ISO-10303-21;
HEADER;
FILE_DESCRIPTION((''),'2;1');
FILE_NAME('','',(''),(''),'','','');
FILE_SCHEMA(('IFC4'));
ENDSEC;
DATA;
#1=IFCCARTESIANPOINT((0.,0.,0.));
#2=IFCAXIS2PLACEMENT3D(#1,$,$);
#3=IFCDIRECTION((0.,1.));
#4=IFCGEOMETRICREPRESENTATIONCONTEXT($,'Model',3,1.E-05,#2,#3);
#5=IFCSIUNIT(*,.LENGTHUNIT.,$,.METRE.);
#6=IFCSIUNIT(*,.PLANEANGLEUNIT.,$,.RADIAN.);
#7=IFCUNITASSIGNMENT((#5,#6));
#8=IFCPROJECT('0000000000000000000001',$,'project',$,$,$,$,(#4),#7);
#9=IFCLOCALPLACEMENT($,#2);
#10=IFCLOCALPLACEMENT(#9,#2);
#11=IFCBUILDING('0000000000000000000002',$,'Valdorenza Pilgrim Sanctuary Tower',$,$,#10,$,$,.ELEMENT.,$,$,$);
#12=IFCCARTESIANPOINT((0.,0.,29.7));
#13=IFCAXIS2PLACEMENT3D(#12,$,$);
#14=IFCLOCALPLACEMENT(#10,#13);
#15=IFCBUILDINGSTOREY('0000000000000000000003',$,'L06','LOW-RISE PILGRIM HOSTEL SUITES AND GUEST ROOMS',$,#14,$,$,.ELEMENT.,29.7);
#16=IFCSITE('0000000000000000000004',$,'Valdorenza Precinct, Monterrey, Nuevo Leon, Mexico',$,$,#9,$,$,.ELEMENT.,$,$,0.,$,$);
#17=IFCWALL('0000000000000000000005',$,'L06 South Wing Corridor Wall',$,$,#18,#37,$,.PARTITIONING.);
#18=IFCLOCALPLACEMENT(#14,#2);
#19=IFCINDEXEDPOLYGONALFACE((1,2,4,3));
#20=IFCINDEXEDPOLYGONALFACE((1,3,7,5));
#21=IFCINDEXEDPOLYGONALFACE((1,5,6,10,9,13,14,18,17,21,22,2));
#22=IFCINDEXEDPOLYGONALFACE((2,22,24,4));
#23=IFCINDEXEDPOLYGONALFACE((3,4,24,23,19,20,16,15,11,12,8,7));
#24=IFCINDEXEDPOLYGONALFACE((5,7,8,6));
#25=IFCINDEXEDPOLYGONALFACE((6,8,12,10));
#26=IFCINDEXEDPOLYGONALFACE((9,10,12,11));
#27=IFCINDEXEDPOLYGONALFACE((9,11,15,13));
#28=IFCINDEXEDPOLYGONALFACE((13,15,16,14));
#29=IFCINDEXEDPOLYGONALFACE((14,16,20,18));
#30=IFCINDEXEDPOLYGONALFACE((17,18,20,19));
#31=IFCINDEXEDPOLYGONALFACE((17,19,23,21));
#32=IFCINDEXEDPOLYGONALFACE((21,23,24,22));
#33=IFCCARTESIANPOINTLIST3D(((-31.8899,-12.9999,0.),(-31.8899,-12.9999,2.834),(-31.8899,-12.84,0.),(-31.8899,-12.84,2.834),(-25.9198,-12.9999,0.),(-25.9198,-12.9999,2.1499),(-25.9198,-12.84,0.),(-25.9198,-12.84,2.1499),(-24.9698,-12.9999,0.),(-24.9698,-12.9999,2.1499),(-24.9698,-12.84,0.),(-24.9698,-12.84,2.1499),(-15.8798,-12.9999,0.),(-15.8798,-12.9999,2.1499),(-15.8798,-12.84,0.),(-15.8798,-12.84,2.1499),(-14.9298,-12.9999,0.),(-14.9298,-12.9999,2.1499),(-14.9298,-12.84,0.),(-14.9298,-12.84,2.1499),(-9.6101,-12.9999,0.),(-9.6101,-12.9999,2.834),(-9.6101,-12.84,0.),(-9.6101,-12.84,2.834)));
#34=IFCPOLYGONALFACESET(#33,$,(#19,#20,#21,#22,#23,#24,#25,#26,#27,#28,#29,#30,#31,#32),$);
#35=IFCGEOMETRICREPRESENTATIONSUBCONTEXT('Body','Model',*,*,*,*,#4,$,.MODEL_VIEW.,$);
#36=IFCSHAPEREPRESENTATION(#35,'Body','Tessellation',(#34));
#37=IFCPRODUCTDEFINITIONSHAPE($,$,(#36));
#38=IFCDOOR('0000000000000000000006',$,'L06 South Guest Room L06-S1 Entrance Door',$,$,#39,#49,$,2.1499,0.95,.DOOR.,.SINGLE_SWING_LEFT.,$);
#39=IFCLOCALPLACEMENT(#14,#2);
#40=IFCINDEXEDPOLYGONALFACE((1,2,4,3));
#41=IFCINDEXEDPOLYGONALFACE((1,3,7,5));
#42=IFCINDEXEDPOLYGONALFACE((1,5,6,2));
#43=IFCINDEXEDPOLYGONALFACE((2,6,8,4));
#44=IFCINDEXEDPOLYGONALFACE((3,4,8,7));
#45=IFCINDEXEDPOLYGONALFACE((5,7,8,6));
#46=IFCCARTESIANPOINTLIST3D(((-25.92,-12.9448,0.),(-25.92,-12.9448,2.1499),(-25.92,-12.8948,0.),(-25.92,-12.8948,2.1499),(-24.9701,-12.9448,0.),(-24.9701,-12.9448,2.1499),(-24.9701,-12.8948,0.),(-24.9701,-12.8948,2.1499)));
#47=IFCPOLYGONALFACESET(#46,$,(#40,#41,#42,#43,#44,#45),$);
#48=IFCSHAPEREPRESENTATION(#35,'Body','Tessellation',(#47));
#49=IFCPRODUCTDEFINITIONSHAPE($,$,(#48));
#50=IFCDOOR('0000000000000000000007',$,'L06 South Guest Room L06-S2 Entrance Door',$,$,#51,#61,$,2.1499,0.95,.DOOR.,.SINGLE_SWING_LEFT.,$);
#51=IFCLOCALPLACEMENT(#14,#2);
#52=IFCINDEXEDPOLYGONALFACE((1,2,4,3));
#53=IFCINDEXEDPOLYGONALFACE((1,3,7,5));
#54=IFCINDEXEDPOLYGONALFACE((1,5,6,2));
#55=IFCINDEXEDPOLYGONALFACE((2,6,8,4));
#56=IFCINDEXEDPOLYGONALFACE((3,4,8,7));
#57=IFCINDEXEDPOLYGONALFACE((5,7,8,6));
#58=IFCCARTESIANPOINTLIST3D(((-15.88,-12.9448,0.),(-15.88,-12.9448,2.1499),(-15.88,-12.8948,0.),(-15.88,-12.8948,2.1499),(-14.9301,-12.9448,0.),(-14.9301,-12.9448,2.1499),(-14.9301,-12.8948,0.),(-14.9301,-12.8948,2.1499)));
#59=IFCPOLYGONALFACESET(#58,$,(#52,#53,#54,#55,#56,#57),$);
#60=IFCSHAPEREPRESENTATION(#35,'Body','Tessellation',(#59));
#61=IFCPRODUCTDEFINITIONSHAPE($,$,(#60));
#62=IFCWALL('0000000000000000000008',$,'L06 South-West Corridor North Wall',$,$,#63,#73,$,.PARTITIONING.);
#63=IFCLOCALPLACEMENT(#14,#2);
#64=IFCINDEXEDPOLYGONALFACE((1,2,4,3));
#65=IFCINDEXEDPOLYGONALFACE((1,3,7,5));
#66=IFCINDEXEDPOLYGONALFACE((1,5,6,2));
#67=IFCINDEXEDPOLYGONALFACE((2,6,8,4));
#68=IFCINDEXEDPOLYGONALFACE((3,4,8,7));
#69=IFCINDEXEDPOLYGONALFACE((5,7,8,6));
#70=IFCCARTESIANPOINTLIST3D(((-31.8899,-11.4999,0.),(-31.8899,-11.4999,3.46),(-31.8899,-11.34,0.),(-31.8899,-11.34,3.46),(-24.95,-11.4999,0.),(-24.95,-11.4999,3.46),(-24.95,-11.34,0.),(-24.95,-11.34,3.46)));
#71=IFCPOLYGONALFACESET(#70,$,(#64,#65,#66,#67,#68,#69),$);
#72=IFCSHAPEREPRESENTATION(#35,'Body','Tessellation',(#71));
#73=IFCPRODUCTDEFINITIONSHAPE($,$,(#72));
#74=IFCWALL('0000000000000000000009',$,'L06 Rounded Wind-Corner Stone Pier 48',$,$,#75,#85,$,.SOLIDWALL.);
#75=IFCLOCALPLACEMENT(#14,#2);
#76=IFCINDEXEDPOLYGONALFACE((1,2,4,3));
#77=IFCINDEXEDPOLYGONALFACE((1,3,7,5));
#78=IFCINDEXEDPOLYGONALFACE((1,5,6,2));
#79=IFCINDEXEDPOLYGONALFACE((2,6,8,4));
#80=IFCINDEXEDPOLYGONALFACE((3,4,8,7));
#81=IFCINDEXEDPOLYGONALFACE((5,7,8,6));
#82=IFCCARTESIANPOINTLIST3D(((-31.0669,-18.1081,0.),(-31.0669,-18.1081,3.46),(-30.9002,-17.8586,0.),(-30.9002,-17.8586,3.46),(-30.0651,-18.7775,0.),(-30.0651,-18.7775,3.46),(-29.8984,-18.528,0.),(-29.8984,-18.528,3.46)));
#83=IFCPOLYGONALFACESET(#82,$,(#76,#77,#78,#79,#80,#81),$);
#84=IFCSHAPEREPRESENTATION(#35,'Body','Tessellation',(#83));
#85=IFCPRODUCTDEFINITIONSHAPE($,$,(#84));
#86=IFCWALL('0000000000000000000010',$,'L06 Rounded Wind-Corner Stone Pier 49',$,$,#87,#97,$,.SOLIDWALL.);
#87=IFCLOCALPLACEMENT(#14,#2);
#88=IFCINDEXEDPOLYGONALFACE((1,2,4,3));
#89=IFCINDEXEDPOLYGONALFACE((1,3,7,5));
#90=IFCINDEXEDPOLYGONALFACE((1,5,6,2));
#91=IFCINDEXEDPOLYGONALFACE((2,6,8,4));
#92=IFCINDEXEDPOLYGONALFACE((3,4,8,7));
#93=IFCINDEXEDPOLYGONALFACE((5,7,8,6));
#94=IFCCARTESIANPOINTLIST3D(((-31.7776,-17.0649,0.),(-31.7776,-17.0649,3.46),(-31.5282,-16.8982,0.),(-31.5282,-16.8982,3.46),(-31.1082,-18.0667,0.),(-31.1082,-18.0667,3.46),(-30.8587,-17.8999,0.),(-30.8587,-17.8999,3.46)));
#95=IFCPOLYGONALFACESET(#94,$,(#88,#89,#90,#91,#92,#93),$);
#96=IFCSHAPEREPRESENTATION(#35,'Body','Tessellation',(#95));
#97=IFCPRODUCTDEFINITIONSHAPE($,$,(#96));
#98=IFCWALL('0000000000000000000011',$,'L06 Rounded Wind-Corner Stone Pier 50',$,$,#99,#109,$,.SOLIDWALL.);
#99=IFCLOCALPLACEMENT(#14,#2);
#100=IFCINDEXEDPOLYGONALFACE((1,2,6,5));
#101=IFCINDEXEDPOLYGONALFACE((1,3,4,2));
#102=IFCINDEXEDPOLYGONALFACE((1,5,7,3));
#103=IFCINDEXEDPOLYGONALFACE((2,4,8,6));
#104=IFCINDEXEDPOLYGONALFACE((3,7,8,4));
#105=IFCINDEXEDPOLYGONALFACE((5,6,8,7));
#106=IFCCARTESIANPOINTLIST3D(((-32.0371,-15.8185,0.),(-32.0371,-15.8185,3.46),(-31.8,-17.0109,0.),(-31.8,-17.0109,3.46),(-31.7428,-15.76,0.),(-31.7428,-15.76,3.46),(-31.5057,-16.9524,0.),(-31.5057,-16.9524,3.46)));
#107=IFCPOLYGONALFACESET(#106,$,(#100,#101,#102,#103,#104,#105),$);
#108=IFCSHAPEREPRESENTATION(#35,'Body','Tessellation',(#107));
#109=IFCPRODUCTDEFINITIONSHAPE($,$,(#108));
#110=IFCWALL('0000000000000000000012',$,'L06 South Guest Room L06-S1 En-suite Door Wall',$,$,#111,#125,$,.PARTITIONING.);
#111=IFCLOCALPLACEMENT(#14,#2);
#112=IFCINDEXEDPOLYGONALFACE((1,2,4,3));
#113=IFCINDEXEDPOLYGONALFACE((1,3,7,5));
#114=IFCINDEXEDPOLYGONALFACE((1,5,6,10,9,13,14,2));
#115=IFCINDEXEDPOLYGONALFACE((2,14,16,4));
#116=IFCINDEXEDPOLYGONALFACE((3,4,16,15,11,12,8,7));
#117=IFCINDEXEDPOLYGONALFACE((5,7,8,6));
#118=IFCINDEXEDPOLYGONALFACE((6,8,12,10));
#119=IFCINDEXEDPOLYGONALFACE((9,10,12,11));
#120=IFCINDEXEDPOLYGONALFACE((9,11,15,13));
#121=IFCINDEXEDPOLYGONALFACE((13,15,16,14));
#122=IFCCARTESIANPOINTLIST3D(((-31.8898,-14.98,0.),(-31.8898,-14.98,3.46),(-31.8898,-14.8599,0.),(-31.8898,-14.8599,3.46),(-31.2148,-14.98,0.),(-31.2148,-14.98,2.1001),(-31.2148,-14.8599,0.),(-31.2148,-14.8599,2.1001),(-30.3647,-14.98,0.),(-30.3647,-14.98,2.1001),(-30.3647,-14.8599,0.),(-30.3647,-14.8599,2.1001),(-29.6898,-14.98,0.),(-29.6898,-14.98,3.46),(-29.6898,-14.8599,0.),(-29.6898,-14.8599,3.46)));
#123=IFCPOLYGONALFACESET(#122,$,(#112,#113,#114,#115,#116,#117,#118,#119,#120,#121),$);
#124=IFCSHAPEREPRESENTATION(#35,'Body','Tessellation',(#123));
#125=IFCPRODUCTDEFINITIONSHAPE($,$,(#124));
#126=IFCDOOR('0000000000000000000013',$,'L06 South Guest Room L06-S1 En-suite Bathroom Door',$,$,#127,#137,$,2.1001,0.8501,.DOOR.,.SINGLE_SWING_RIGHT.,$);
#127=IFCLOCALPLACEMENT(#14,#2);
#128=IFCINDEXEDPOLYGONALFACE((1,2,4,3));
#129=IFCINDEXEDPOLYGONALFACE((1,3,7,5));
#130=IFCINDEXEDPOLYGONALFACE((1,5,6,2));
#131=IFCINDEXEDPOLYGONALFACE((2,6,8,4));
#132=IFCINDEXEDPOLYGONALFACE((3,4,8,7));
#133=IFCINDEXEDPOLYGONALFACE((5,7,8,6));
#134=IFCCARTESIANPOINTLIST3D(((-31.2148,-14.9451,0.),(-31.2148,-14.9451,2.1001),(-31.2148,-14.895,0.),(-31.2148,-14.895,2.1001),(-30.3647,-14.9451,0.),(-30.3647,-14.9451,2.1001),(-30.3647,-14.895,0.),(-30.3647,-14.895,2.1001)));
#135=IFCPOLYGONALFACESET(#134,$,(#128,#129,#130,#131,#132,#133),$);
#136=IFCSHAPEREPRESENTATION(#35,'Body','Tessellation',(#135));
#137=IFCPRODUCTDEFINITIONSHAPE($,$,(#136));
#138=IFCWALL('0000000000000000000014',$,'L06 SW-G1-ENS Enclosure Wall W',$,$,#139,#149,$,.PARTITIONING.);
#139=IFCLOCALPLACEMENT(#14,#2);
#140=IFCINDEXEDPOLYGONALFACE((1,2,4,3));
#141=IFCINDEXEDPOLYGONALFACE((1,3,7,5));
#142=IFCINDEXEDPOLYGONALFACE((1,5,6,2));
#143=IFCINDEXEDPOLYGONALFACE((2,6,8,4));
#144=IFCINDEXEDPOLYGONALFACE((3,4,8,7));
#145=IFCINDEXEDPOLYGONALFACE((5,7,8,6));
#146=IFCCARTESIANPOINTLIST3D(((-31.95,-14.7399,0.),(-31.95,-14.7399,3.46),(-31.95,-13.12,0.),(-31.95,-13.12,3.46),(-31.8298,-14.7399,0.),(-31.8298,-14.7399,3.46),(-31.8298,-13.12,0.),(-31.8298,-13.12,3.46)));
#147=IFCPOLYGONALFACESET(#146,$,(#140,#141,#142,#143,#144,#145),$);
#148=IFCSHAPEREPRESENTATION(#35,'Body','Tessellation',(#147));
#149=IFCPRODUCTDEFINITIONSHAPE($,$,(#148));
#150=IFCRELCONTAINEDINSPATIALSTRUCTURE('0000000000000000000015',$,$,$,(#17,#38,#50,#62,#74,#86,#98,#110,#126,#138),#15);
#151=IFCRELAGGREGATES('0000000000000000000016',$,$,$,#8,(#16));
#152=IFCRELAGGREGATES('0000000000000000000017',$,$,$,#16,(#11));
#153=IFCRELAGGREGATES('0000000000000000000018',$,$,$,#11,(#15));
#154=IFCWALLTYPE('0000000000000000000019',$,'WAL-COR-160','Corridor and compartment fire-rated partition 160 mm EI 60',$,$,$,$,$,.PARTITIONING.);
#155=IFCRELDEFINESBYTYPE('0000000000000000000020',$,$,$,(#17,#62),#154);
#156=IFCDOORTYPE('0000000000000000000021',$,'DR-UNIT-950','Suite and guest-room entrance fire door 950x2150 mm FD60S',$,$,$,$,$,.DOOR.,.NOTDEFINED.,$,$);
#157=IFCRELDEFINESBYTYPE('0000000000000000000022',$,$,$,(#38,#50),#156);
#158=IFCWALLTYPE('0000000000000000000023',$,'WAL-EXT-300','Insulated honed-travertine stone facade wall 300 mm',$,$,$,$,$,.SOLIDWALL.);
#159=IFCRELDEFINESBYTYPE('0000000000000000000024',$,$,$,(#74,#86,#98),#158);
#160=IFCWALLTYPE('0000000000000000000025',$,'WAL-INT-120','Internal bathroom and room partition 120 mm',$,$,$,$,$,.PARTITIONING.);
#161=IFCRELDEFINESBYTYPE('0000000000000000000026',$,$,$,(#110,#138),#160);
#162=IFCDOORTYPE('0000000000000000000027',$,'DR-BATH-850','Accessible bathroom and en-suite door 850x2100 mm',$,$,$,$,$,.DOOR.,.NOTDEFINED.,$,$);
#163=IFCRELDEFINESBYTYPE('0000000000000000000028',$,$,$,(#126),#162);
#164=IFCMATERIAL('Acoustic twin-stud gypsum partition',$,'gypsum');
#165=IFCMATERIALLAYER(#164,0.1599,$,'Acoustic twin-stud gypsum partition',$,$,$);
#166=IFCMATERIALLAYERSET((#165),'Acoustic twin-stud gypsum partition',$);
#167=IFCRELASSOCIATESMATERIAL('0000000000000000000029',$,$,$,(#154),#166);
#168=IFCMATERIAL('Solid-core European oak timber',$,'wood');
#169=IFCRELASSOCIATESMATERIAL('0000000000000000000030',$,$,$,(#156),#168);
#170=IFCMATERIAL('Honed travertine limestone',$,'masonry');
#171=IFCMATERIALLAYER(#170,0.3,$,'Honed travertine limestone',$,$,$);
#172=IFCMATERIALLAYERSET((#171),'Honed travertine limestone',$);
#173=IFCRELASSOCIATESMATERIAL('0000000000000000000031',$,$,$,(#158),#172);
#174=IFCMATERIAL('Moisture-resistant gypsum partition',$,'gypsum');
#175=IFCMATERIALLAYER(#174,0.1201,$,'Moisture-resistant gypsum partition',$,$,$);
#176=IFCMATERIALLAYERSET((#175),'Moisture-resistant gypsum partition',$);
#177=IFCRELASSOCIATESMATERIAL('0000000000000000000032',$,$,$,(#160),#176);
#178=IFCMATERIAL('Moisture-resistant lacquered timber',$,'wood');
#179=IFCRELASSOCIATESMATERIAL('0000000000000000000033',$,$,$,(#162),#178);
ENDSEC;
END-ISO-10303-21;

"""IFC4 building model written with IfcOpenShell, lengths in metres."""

from ifc_helpers import new_model, si_unit, direction, frame, frame_2d, origin, place, context, subcontext, project, spatial, rectangle, extrude, material, layer, layer_set, type_object, element, fill, save


model = new_model("IFC4")

# Units and contexts
model_context = context("Model", 3, precision=1e-05, world=origin(), true_north=direction((0.0, 1.0)))
body_context = subcontext(model_context, "Body", "Model", "MODEL_VIEW")
ifc_project = project(units=[si_unit("LENGTHUNIT", "METRE"), si_unit("PLANEANGLEUNIT", "RADIAN")], contexts=[model_context])

# Site, building, storey
site_placement = place(None, origin())
site = spatial("IfcSite", under=ifc_project, at=site_placement, Name="Valdorenza Precinct, Monterrey, Nuevo Leon, Mexico", CompositionType="ELEMENT", RefElevation=0.0)
building_placement = place(site_placement, origin())
building = spatial("IfcBuilding", under=site, at=building_placement, Name="Valdorenza Pilgrim Sanctuary Tower", CompositionType="ELEMENT")
storey_placement = place(building_placement, frame((0.0, 0.0, 29.7)))
storey = spatial("IfcBuildingStorey", under=building, at=storey_placement, Name="L06", Description="LOW-RISE PILGRIM HOSTEL SUITES AND GUEST ROOMS", CompositionType="ELEMENT", Elevation=29.7)

# Shared definitions
ifc_material_1 = material(Name="Honed travertine limestone", Category="masonry")

# Wall, openings, doors
ifc_material_2 = material(Name="Acoustic twin-stud gypsum partition", Category="gypsum")
ifc_layer_1 = layer(ifc_material_2, 0.1599, Name="Acoustic twin-stud gypsum partition")
ifc_layer_set_1 = layer_set([ifc_layer_1], Name="Acoustic twin-stud gypsum partition")
wall_type_1 = type_object("IfcWallType", Name="WAL-COR-160", Description="Corridor and compartment fire-rated partition 160 mm EI 60", PredefinedType="PARTITIONING", material=ifc_layer_set_1)
wall_1_placement = place(storey_placement, frame((-31.8899, -12.9199, 0.0), z_axis=(0.0, 0.0, 1.0), x_axis=(1.0, 0.0, 0.0)))
wall_1 = element("IfcWall", 1, at=wall_1_placement, inside=storey, type_object=wall_type_1, Name="L06 South Wing Corridor Wall", PredefinedType="PARTITIONING", context=body_context, shape_type="SweptSolid", body=[
    extrude(rectangle(XDim=22.2798, YDim=0.1599, at=frame_2d((11.1399, 0.0))), origin(), (0.0, 0.0, 1.0), 2.834),
])
opening_1_placement = place(wall_1_placement, frame((5.97, 0.0, 0.0)))
opening_1 = element("IfcOpeningElement", 2, at=opening_1_placement, cuts=wall_1, PredefinedType="OPENING", context=body_context, shape_type="SweptSolid", body=[
    extrude(rectangle(XDim=0.95, YDim=2.1499, at=frame_2d((0.4751, 1.075))), frame((0.0, 0.0947, 0.0), z_axis=(0.0, -1.0, 0.0), x_axis=(1.0, 0.0, 0.0)), (0.0, 0.0, 1.0), 0.1897),
])
opening_2_placement = place(wall_1_placement, frame((16.01, 0.0, 0.0)))
opening_2 = element("IfcOpeningElement", 3, at=opening_2_placement, cuts=wall_1, PredefinedType="OPENING", context=body_context, shape_type="SweptSolid", body=[
    extrude(rectangle(XDim=0.95, YDim=2.1499, at=frame_2d((0.4751, 1.075))), frame((0.0, 0.0947, 0.0), z_axis=(0.0, -1.0, 0.0), x_axis=(1.0, 0.0, 0.0)), (0.0, 0.0, 1.0), 0.1897),
])
ifc_material_3 = material(Name="Solid-core European oak timber", Category="wood")
door_type_1 = type_object("IfcDoorType", Name="DR-UNIT-950", Description="Suite and guest-room entrance fire door 950x2150 mm FD60S", OperationType="NOTDEFINED", PredefinedType="DOOR", material=ifc_material_3)
door_1_placement = place(opening_1_placement, frame((0.95, 0.0, 0.0), z_axis=(0.0, 0.0, 1.0), x_axis=(-1.0, 0.0, 0.0)))
door_1 = element("IfcDoor", 4, at=door_1_placement, inside=storey, type_object=door_type_1, Name="L06 South Guest Room L06-S1 Entrance Door", OperationType="SINGLE_SWING_LEFT", OverallHeight=2.1499, OverallWidth=0.95, PredefinedType="DOOR", context=body_context, shape_type="SweptSolid", body=[
    extrude(rectangle(XDim=0.95, YDim=2.1499, at=frame_2d((0.4751, 1.075))), frame((0.0, 0.0249, 0.0), z_axis=(0.0, -1.0, 0.0), x_axis=(1.0, 0.0, 0.0)), (0.0, 0.0, 1.0), 0.05),
])
fill(opening_1, door_1)
door_2_placement = place(opening_2_placement, frame((0.95, 0.0, 0.0), z_axis=(0.0, 0.0, 1.0), x_axis=(-1.0, 0.0, 0.0)))
door_2 = element("IfcDoor", 5, at=door_2_placement, inside=storey, type_object=door_type_1, Name="L06 South Guest Room L06-S2 Entrance Door", OperationType="SINGLE_SWING_LEFT", OverallHeight=2.1499, OverallWidth=0.95, PredefinedType="DOOR", context=body_context, shape_type="SweptSolid", body=[
    extrude(rectangle(XDim=0.95, YDim=2.1499, at=frame_2d((0.4751, 1.075))), frame((0.0, 0.0249, 0.0), z_axis=(0.0, -1.0, 0.0), x_axis=(1.0, 0.0, 0.0)), (0.0, 0.0, 1.0), 0.05),
])
fill(opening_2, door_2)

# Walls
wall_2_placement = place(storey_placement, frame((-31.8899, -11.4199, 0.0), z_axis=(0.0, 0.0, 1.0), x_axis=(1.0, 0.0, 0.0)))
element("IfcWall", 6, at=wall_2_placement, inside=storey, type_object=wall_type_1, Name="L06 South-West Corridor North Wall", PredefinedType="PARTITIONING", context=body_context, shape_type="SweptSolid", body=[
    extrude(rectangle(XDim=6.9399, YDim=0.1599, at=frame_2d((3.47, 0.0))), origin(), (0.0, 0.0, 1.0), 3.46),
])
ifc_layer_2 = layer(ifc_material_1, 0.3, Name="Honed travertine limestone")
ifc_layer_set_2 = layer_set([ifc_layer_2], Name="Honed travertine limestone")
wall_type_2 = type_object("IfcWallType", Name="WAL-EXT-300", Description="Insulated honed-travertine stone facade wall 300 mm", PredefinedType="SOLIDWALL", material=ifc_layer_set_2)
for number, where, z_axis, x_axis, name in (
    (7, (-29.9817, -18.6528, 0.0), (0.0, 0.0, 1.0), (-0.831426, 0.555635, 0.0), "L06 Rounded Wind-Corner Stone Pier 48"),
    (8, (-30.9834, -17.9834, 0.0), (0.0, 0.0, 1.0), (-0.555635, 0.831426, 0.0), "L06 Rounded Wind-Corner Stone Pier 49"),
):
    element("IfcWall", number, at=place(storey_placement, frame(where, z_axis=z_axis, x_axis=x_axis)), inside=storey, type_object=wall_type_2, Name=name, PredefinedType="SOLIDWALL", context=body_context, shape_type="SweptSolid", body=[
        extrude(rectangle(XDim=1.2048, YDim=0.3, at=frame_2d((0.6025, 0.0))), origin(), (0.0, 0.0, 1.0), 3.46),
    ])
wall_3_placement = place(storey_placement, frame((-31.6528, -16.9817, 0.0), z_axis=(0.0, 0.0, 1.0), x_axis=(-0.194996, 0.980804, 0.0)))
element("IfcWall", 9, at=wall_3_placement, inside=storey, type_object=wall_type_2, Name="L06 Rounded Wind-Corner Stone Pier 50", PredefinedType="SOLIDWALL", context=body_context, shape_type="SweptSolid", body=[
    extrude(rectangle(XDim=1.2158, YDim=0.3, at=frame_2d((0.6079, 0.0))), origin(), (0.0, 0.0, 1.0), 3.46),
])

# Wall, opening, door
ifc_material_4 = material(Name="Moisture-resistant gypsum partition", Category="gypsum")
ifc_layer_3 = layer(ifc_material_4, 0.1201, Name="Moisture-resistant gypsum partition")
ifc_layer_set_3 = layer_set([ifc_layer_3], Name="Moisture-resistant gypsum partition")
wall_type_3 = type_object("IfcWallType", Name="WAL-INT-120", Description="Internal bathroom and room partition 120 mm", PredefinedType="PARTITIONING", material=ifc_layer_set_3)
wall_4_placement = place(storey_placement, frame((-31.8899, -14.9199, 0.0), z_axis=(0.0, 0.0, 1.0), x_axis=(1.0, 0.0, 0.0)))
wall_4 = element("IfcWall", 10, at=wall_4_placement, inside=storey, type_object=wall_type_3, Name="L06 South Guest Room L06-S1 En-suite Door Wall", PredefinedType="PARTITIONING", context=body_context, shape_type="SweptSolid", body=[
    extrude(rectangle(XDim=2.2, YDim=0.1201, at=frame_2d((1.1001, 0.0))), origin(), (0.0, 0.0, 1.0), 3.46),
])
opening_3_placement = place(wall_4_placement, frame((0.675, 0.0, 0.0)))
opening_3 = element("IfcOpeningElement", 11, at=opening_3_placement, cuts=wall_4, PredefinedType="OPENING", context=body_context, shape_type="SweptSolid", body=[
    extrude(rectangle(XDim=0.8501, YDim=2.1001, at=frame_2d((0.425, 1.05))), frame((0.0, 0.075, 0.0), z_axis=(0.0, -1.0, 0.0), x_axis=(1.0, 0.0, 0.0)), (0.0, 0.0, 1.0), 0.1499),
])
ifc_material_5 = material(Name="Moisture-resistant lacquered timber", Category="wood")
door_type_2 = type_object("IfcDoorType", Name="DR-BATH-850", Description="Accessible bathroom and en-suite door 850x2100 mm", OperationType="NOTDEFINED", PredefinedType="DOOR", material=ifc_material_5)
door_3_placement = place(opening_3_placement, origin())
door_3 = element("IfcDoor", 12, at=door_3_placement, inside=storey, type_object=door_type_2, Name="L06 South Guest Room L06-S1 En-suite Bathroom Door", OperationType="SINGLE_SWING_RIGHT", OverallHeight=2.1001, OverallWidth=0.8501, PredefinedType="DOOR", context=body_context, shape_type="SweptSolid", body=[
    extrude(rectangle(XDim=0.8501, YDim=2.1001, at=frame_2d((0.425, 1.05))), frame((0.0, 0.0249, 0.0), z_axis=(0.0, -1.0, 0.0), x_axis=(1.0, 0.0, 0.0)), (0.0, 0.0, 1.0), 0.05),
])
fill(opening_3, door_3)

# Wall
wall_5_placement = place(storey_placement, frame((-31.8899, -14.74, 0.0), z_axis=(0.0, 0.0, 1.0), x_axis=(0.0, 1.0, 0.0)))
element("IfcWall", 13, at=wall_5_placement, inside=storey, type_object=wall_type_3, Name="L06 SW-G1-ENS Enclosure Wall W", PredefinedType="PARTITIONING", context=body_context, shape_type="SweptSolid", body=[
    extrude(rectangle(XDim=1.6199, YDim=0.1201, at=frame_2d((0.8101, 0.0))), origin(), (0.0, 0.0, 1.0), 3.46),
])

save(model, "model.ifc")
